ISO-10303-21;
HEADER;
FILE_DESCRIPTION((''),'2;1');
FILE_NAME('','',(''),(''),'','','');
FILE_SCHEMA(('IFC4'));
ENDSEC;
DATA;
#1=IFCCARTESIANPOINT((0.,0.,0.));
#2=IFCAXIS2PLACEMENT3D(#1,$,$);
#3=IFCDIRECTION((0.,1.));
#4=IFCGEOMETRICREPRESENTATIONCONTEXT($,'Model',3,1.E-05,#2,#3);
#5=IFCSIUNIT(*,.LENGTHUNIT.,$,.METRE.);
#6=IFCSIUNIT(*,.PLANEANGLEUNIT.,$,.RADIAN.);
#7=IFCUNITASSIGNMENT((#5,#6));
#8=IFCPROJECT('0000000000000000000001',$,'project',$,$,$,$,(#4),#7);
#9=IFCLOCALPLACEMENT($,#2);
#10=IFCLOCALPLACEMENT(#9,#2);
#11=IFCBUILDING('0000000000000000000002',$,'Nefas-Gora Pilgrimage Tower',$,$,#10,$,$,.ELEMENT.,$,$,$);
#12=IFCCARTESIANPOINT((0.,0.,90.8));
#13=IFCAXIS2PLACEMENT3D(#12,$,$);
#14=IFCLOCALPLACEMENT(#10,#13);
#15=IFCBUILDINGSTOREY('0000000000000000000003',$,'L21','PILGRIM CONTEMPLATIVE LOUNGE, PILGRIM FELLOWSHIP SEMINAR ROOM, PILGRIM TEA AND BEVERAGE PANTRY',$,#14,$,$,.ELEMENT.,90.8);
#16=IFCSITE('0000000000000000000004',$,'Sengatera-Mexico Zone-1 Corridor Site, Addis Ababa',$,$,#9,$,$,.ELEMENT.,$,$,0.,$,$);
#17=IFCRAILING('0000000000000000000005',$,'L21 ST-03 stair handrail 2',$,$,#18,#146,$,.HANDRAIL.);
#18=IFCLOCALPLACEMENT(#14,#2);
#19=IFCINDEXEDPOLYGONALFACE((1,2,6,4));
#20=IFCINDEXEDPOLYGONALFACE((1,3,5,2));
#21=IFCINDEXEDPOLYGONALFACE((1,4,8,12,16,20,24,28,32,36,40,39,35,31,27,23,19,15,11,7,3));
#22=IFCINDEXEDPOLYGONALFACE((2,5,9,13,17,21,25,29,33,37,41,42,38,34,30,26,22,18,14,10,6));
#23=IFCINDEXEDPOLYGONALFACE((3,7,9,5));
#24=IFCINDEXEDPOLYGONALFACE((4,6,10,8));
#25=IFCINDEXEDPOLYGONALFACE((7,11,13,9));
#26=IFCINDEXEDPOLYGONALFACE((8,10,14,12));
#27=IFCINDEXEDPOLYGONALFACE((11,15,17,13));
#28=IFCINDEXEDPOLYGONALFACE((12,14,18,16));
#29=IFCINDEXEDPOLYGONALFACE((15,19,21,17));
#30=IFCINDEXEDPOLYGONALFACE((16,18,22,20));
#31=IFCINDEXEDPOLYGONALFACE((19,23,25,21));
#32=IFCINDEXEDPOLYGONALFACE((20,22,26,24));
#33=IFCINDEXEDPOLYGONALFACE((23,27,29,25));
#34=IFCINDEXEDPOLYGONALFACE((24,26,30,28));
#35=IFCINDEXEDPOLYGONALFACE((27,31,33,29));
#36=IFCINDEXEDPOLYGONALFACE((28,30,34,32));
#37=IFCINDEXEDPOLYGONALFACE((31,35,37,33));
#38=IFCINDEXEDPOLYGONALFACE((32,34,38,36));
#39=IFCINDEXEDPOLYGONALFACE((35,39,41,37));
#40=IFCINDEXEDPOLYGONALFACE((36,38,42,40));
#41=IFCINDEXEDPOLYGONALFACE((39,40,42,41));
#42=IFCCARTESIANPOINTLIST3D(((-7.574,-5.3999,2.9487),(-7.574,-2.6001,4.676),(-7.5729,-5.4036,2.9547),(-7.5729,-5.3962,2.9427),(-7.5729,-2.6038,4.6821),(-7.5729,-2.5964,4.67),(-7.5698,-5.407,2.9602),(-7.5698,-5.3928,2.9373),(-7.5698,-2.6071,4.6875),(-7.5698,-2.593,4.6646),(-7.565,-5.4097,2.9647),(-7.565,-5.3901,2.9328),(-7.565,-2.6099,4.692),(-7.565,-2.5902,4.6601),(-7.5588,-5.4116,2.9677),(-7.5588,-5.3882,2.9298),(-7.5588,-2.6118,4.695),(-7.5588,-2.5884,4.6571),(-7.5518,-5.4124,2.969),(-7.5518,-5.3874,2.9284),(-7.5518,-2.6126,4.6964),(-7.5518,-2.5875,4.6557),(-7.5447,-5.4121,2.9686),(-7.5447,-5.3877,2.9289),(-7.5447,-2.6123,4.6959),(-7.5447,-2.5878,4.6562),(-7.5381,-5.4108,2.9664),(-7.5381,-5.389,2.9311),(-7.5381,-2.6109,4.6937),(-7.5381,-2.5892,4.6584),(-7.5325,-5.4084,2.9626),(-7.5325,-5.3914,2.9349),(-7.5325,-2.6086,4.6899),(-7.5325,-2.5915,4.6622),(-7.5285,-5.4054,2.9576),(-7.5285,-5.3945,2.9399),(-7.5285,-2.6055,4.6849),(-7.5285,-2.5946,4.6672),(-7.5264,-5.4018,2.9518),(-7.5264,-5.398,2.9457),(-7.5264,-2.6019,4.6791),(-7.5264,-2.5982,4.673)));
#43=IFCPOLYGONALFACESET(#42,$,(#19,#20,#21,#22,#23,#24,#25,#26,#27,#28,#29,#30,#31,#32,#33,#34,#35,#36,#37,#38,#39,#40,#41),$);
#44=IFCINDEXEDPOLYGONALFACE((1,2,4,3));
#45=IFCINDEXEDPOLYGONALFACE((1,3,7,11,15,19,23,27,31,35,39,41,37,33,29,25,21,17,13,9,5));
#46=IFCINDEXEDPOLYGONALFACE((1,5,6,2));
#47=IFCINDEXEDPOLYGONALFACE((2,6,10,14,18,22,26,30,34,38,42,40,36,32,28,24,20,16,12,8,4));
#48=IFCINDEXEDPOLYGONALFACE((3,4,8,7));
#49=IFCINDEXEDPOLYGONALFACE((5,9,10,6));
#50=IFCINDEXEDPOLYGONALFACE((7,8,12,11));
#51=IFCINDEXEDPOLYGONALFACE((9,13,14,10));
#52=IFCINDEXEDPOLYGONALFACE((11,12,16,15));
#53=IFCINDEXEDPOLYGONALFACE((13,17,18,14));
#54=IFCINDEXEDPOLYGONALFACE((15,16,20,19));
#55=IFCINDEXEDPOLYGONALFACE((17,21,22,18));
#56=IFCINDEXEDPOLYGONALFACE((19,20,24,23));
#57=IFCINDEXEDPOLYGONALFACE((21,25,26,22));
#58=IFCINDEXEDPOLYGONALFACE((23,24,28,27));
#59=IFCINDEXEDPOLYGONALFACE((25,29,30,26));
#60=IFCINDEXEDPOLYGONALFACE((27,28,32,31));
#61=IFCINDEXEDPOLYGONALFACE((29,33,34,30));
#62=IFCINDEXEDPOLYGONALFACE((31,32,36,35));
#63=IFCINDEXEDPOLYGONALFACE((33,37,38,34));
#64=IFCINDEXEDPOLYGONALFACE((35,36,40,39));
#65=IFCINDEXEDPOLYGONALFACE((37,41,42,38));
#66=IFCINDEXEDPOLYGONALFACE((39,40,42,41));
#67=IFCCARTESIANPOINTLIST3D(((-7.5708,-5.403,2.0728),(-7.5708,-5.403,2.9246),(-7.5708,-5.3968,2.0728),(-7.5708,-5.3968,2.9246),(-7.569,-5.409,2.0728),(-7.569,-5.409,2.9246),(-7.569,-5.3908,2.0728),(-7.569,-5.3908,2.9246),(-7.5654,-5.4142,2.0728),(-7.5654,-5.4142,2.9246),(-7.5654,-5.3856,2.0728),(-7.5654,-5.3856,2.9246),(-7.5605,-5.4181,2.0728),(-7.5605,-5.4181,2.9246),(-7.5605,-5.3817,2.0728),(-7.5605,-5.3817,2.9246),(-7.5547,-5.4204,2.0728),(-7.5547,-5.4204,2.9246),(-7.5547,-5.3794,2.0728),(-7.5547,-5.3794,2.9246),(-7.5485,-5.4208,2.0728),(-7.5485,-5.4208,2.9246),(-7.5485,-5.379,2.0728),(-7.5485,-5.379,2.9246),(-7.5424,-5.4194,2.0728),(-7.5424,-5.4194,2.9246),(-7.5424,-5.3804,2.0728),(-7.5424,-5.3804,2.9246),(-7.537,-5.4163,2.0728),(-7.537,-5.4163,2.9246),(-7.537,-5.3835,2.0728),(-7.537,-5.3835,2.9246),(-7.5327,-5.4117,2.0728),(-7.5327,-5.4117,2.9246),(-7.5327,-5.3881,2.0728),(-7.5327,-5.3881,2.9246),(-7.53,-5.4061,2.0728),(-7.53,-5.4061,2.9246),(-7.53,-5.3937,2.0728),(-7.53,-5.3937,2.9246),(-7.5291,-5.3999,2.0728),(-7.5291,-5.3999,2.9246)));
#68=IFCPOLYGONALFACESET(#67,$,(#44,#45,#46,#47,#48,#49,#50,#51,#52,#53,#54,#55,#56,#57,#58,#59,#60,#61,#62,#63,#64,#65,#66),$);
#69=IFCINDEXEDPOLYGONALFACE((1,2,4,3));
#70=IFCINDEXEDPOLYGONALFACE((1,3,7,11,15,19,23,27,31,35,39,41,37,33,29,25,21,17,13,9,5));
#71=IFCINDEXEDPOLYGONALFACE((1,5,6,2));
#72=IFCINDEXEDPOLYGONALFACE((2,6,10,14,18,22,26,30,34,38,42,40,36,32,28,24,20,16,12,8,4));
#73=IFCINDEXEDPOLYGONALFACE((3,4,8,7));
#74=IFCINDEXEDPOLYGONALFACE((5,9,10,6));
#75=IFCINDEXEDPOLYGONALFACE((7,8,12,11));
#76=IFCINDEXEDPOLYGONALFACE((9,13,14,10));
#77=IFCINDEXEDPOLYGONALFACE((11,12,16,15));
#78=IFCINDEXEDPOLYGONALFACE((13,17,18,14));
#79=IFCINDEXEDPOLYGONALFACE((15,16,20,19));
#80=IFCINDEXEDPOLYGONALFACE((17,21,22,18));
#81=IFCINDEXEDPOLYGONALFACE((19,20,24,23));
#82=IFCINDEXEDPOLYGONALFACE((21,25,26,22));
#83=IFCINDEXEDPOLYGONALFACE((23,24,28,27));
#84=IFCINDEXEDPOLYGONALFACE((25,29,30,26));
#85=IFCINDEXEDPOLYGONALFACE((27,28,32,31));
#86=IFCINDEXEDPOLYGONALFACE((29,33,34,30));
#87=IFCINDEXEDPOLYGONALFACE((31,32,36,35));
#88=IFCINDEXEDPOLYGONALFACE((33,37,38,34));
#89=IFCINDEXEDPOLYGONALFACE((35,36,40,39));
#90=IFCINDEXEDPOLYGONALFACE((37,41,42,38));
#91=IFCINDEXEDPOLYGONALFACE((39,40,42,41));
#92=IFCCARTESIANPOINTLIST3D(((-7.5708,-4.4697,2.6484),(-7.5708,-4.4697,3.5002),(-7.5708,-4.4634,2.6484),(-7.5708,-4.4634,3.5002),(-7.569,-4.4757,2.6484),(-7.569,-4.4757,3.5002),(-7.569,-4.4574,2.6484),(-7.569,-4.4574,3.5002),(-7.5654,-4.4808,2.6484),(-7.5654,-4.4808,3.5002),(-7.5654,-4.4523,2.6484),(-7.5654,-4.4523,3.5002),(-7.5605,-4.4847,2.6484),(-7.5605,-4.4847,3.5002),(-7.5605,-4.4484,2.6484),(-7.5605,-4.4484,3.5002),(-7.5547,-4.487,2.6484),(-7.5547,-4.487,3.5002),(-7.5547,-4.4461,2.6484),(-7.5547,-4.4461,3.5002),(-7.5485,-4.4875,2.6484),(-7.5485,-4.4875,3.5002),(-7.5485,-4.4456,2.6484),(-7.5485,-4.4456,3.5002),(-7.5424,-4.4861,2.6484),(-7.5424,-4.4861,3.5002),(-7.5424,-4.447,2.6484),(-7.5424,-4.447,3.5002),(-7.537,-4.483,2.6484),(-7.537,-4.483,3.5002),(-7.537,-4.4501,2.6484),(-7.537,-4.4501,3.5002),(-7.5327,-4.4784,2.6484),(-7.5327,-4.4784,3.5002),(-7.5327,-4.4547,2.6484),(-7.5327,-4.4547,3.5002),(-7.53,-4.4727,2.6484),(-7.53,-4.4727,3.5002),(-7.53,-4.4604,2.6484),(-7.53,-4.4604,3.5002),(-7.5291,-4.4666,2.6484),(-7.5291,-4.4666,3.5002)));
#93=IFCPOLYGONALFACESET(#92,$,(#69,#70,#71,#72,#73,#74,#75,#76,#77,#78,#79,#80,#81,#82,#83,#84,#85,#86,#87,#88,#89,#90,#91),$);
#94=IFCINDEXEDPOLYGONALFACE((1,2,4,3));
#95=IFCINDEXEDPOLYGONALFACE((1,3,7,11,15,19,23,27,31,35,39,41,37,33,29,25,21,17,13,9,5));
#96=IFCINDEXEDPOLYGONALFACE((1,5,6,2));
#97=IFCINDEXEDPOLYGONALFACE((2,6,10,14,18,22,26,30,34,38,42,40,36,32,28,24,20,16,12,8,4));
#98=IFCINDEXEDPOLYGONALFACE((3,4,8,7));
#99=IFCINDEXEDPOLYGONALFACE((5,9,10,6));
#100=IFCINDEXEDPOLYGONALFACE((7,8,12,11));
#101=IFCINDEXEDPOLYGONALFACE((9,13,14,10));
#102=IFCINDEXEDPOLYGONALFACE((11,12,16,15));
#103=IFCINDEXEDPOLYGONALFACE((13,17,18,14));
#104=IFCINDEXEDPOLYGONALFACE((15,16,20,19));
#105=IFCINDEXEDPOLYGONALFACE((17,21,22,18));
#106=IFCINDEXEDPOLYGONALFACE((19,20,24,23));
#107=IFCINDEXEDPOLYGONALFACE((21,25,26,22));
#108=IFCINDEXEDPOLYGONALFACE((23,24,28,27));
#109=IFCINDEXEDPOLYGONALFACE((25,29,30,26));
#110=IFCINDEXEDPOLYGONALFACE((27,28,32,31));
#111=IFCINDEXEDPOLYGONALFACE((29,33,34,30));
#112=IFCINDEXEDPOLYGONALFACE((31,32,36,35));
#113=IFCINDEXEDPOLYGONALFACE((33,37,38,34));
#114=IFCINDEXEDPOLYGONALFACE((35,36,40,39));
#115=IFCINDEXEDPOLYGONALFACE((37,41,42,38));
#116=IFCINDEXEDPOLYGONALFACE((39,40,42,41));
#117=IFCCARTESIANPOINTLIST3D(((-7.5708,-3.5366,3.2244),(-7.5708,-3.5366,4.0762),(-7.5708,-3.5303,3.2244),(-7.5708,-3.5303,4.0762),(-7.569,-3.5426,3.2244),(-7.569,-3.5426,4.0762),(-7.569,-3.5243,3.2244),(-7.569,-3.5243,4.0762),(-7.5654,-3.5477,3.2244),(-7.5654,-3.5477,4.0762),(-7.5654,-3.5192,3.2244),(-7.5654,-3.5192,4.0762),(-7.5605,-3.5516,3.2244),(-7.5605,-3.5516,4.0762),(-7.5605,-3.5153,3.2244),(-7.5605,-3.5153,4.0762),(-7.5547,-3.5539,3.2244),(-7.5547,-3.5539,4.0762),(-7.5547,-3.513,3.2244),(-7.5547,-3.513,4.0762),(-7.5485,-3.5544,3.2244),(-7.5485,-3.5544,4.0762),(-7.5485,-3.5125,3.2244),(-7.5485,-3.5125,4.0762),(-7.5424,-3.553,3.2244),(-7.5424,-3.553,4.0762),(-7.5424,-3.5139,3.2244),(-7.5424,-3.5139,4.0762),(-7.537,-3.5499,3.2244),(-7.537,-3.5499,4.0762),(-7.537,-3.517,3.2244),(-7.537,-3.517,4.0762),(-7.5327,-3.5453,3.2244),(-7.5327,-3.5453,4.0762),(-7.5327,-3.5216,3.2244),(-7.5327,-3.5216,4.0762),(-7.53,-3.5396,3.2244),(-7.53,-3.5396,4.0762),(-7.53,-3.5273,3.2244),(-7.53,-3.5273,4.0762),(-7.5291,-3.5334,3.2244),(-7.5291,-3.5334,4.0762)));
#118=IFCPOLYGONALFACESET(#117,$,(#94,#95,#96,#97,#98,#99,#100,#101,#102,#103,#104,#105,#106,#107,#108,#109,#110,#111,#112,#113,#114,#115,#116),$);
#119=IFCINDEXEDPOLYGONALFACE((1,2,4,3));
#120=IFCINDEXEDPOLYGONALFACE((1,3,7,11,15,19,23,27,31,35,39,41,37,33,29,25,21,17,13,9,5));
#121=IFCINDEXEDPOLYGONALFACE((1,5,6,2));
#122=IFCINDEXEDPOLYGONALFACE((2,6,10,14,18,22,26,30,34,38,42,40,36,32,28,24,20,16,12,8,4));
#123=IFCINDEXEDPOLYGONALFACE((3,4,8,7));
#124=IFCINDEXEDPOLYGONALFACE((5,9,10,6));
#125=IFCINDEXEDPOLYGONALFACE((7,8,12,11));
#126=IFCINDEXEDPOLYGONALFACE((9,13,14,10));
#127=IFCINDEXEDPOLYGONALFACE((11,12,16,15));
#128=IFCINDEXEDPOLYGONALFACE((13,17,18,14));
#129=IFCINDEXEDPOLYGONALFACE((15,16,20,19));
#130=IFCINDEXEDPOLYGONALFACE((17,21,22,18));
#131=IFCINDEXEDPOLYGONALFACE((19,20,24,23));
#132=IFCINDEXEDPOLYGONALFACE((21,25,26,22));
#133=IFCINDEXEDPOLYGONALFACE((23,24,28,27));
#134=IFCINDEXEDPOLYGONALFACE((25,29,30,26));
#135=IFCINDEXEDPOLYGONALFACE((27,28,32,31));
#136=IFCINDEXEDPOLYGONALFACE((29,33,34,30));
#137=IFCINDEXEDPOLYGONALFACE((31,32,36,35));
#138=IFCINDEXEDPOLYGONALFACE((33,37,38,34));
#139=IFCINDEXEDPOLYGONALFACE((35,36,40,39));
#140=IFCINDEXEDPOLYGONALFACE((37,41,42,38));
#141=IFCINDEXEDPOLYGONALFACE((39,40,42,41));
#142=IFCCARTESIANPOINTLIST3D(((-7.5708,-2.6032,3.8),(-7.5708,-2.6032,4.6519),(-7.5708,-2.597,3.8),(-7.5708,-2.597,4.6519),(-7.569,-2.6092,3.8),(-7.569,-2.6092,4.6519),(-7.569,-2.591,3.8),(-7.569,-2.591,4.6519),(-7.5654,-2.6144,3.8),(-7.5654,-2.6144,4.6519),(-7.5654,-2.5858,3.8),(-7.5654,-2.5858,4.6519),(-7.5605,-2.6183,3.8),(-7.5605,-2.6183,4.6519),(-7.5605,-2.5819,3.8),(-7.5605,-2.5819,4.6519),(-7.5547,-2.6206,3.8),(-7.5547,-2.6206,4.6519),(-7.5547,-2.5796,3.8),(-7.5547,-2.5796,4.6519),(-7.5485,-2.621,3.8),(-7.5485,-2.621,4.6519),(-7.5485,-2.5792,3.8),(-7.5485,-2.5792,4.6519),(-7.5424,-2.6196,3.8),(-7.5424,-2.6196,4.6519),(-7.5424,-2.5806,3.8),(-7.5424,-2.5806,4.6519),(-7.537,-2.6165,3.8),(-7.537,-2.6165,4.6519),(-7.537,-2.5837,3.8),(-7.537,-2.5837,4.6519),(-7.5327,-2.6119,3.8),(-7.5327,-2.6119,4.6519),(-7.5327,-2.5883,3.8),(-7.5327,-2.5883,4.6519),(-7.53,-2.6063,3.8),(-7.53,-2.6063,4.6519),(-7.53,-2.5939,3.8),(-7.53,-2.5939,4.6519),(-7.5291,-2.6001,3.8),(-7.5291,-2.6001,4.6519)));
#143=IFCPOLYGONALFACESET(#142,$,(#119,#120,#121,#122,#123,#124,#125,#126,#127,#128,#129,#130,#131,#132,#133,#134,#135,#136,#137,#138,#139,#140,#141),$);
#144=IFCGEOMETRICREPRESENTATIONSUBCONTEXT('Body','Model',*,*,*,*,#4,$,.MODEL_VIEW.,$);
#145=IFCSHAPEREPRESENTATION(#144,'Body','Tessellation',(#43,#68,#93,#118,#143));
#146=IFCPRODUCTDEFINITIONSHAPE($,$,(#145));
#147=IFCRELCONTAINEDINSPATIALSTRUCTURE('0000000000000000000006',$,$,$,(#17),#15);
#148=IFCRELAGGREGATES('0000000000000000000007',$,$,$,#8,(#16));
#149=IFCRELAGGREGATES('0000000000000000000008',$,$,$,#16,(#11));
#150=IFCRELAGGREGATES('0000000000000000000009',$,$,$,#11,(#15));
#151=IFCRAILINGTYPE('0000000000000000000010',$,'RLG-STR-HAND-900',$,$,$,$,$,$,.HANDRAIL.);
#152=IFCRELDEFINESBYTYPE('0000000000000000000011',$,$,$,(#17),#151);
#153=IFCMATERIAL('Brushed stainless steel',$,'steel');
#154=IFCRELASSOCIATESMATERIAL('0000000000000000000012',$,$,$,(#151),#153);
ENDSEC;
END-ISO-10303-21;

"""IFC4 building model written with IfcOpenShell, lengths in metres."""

from ifc_helpers import new_model, si_unit, direction, frame, origin, origin_2d, place, context, subcontext, project, spatial, circle, extrude, material, type_object, element, save


model = new_model("IFC4")

# Units and contexts
model_context = context("Model", 3, precision=1e-05, world=origin(), true_north=direction((0.0, 1.0)))
body_context = subcontext(model_context, "Body", "Model", "MODEL_VIEW")
ifc_project = project(units=[si_unit("LENGTHUNIT", "METRE"), si_unit("PLANEANGLEUNIT", "RADIAN")], contexts=[model_context])

# Site, building, storey
site_placement = place(None, origin())
site = spatial("IfcSite", under=ifc_project, at=site_placement, Name="Sengatera-Mexico Zone-1 Corridor Site, Addis Ababa", CompositionType="ELEMENT", RefElevation=0.0)
building_placement = place(site_placement, origin())
building = spatial("IfcBuilding", under=site, at=building_placement, Name="Nefas-Gora Pilgrimage Tower", CompositionType="ELEMENT")
storey_placement = place(building_placement, frame((0.0, 0.0, 90.8)))
storey = spatial("IfcBuildingStorey", under=building, at=storey_placement, Name="L21", Description="PILGRIM CONTEMPLATIVE LOUNGE, PILGRIM FELLOWSHIP SEMINAR ROOM, PILGRIM TEA AND BEVERAGE PANTRY", CompositionType="ELEMENT", Elevation=90.8)

# Railing
ifc_material_1 = material(Name="Brushed stainless steel", Category="steel")
railing_type_1 = type_object("IfcRailingType", Name="RLG-STR-HAND-900", PredefinedType="HANDRAIL", material=ifc_material_1)
railing_1_placement = place(storey_placement, frame((-7.55, -5.3999, 2.0728)))
element("IfcRailing", 1, at=railing_1_placement, inside=storey, type_object=railing_type_1, Name="L21 ST-03 stair handrail 2", PredefinedType="HANDRAIL", context=body_context, shape_type="SweptSolid", body=[
    extrude(circle(Radius=0.0239, at=origin_2d()), frame((0.0, 0.0, 0.876), z_axis=(0.0, 0.851069, 0.525054), x_axis=(-1.0, 0.0, 0.0)), (0.0, 0.0, 1.0), 3.2898),
    extrude(circle(Radius=0.021, at=origin_2d()), origin(), (0.0, 0.0, 1.0), 0.8518),
    extrude(circle(Radius=0.021, at=origin_2d()), frame((0.0, 0.9333, 0.5757)), (0.0, 0.0, 1.0), 0.8518),
    extrude(circle(Radius=0.021, at=origin_2d()), frame((0.0, 1.8665, 1.1516)), (0.0, 0.0, 1.0), 0.8518),
    extrude(circle(Radius=0.021, at=origin_2d()), frame((0.0, 2.7998, 1.7273)), (0.0, 0.0, 1.0), 0.8518),
])

save(model, "model.ifc")
